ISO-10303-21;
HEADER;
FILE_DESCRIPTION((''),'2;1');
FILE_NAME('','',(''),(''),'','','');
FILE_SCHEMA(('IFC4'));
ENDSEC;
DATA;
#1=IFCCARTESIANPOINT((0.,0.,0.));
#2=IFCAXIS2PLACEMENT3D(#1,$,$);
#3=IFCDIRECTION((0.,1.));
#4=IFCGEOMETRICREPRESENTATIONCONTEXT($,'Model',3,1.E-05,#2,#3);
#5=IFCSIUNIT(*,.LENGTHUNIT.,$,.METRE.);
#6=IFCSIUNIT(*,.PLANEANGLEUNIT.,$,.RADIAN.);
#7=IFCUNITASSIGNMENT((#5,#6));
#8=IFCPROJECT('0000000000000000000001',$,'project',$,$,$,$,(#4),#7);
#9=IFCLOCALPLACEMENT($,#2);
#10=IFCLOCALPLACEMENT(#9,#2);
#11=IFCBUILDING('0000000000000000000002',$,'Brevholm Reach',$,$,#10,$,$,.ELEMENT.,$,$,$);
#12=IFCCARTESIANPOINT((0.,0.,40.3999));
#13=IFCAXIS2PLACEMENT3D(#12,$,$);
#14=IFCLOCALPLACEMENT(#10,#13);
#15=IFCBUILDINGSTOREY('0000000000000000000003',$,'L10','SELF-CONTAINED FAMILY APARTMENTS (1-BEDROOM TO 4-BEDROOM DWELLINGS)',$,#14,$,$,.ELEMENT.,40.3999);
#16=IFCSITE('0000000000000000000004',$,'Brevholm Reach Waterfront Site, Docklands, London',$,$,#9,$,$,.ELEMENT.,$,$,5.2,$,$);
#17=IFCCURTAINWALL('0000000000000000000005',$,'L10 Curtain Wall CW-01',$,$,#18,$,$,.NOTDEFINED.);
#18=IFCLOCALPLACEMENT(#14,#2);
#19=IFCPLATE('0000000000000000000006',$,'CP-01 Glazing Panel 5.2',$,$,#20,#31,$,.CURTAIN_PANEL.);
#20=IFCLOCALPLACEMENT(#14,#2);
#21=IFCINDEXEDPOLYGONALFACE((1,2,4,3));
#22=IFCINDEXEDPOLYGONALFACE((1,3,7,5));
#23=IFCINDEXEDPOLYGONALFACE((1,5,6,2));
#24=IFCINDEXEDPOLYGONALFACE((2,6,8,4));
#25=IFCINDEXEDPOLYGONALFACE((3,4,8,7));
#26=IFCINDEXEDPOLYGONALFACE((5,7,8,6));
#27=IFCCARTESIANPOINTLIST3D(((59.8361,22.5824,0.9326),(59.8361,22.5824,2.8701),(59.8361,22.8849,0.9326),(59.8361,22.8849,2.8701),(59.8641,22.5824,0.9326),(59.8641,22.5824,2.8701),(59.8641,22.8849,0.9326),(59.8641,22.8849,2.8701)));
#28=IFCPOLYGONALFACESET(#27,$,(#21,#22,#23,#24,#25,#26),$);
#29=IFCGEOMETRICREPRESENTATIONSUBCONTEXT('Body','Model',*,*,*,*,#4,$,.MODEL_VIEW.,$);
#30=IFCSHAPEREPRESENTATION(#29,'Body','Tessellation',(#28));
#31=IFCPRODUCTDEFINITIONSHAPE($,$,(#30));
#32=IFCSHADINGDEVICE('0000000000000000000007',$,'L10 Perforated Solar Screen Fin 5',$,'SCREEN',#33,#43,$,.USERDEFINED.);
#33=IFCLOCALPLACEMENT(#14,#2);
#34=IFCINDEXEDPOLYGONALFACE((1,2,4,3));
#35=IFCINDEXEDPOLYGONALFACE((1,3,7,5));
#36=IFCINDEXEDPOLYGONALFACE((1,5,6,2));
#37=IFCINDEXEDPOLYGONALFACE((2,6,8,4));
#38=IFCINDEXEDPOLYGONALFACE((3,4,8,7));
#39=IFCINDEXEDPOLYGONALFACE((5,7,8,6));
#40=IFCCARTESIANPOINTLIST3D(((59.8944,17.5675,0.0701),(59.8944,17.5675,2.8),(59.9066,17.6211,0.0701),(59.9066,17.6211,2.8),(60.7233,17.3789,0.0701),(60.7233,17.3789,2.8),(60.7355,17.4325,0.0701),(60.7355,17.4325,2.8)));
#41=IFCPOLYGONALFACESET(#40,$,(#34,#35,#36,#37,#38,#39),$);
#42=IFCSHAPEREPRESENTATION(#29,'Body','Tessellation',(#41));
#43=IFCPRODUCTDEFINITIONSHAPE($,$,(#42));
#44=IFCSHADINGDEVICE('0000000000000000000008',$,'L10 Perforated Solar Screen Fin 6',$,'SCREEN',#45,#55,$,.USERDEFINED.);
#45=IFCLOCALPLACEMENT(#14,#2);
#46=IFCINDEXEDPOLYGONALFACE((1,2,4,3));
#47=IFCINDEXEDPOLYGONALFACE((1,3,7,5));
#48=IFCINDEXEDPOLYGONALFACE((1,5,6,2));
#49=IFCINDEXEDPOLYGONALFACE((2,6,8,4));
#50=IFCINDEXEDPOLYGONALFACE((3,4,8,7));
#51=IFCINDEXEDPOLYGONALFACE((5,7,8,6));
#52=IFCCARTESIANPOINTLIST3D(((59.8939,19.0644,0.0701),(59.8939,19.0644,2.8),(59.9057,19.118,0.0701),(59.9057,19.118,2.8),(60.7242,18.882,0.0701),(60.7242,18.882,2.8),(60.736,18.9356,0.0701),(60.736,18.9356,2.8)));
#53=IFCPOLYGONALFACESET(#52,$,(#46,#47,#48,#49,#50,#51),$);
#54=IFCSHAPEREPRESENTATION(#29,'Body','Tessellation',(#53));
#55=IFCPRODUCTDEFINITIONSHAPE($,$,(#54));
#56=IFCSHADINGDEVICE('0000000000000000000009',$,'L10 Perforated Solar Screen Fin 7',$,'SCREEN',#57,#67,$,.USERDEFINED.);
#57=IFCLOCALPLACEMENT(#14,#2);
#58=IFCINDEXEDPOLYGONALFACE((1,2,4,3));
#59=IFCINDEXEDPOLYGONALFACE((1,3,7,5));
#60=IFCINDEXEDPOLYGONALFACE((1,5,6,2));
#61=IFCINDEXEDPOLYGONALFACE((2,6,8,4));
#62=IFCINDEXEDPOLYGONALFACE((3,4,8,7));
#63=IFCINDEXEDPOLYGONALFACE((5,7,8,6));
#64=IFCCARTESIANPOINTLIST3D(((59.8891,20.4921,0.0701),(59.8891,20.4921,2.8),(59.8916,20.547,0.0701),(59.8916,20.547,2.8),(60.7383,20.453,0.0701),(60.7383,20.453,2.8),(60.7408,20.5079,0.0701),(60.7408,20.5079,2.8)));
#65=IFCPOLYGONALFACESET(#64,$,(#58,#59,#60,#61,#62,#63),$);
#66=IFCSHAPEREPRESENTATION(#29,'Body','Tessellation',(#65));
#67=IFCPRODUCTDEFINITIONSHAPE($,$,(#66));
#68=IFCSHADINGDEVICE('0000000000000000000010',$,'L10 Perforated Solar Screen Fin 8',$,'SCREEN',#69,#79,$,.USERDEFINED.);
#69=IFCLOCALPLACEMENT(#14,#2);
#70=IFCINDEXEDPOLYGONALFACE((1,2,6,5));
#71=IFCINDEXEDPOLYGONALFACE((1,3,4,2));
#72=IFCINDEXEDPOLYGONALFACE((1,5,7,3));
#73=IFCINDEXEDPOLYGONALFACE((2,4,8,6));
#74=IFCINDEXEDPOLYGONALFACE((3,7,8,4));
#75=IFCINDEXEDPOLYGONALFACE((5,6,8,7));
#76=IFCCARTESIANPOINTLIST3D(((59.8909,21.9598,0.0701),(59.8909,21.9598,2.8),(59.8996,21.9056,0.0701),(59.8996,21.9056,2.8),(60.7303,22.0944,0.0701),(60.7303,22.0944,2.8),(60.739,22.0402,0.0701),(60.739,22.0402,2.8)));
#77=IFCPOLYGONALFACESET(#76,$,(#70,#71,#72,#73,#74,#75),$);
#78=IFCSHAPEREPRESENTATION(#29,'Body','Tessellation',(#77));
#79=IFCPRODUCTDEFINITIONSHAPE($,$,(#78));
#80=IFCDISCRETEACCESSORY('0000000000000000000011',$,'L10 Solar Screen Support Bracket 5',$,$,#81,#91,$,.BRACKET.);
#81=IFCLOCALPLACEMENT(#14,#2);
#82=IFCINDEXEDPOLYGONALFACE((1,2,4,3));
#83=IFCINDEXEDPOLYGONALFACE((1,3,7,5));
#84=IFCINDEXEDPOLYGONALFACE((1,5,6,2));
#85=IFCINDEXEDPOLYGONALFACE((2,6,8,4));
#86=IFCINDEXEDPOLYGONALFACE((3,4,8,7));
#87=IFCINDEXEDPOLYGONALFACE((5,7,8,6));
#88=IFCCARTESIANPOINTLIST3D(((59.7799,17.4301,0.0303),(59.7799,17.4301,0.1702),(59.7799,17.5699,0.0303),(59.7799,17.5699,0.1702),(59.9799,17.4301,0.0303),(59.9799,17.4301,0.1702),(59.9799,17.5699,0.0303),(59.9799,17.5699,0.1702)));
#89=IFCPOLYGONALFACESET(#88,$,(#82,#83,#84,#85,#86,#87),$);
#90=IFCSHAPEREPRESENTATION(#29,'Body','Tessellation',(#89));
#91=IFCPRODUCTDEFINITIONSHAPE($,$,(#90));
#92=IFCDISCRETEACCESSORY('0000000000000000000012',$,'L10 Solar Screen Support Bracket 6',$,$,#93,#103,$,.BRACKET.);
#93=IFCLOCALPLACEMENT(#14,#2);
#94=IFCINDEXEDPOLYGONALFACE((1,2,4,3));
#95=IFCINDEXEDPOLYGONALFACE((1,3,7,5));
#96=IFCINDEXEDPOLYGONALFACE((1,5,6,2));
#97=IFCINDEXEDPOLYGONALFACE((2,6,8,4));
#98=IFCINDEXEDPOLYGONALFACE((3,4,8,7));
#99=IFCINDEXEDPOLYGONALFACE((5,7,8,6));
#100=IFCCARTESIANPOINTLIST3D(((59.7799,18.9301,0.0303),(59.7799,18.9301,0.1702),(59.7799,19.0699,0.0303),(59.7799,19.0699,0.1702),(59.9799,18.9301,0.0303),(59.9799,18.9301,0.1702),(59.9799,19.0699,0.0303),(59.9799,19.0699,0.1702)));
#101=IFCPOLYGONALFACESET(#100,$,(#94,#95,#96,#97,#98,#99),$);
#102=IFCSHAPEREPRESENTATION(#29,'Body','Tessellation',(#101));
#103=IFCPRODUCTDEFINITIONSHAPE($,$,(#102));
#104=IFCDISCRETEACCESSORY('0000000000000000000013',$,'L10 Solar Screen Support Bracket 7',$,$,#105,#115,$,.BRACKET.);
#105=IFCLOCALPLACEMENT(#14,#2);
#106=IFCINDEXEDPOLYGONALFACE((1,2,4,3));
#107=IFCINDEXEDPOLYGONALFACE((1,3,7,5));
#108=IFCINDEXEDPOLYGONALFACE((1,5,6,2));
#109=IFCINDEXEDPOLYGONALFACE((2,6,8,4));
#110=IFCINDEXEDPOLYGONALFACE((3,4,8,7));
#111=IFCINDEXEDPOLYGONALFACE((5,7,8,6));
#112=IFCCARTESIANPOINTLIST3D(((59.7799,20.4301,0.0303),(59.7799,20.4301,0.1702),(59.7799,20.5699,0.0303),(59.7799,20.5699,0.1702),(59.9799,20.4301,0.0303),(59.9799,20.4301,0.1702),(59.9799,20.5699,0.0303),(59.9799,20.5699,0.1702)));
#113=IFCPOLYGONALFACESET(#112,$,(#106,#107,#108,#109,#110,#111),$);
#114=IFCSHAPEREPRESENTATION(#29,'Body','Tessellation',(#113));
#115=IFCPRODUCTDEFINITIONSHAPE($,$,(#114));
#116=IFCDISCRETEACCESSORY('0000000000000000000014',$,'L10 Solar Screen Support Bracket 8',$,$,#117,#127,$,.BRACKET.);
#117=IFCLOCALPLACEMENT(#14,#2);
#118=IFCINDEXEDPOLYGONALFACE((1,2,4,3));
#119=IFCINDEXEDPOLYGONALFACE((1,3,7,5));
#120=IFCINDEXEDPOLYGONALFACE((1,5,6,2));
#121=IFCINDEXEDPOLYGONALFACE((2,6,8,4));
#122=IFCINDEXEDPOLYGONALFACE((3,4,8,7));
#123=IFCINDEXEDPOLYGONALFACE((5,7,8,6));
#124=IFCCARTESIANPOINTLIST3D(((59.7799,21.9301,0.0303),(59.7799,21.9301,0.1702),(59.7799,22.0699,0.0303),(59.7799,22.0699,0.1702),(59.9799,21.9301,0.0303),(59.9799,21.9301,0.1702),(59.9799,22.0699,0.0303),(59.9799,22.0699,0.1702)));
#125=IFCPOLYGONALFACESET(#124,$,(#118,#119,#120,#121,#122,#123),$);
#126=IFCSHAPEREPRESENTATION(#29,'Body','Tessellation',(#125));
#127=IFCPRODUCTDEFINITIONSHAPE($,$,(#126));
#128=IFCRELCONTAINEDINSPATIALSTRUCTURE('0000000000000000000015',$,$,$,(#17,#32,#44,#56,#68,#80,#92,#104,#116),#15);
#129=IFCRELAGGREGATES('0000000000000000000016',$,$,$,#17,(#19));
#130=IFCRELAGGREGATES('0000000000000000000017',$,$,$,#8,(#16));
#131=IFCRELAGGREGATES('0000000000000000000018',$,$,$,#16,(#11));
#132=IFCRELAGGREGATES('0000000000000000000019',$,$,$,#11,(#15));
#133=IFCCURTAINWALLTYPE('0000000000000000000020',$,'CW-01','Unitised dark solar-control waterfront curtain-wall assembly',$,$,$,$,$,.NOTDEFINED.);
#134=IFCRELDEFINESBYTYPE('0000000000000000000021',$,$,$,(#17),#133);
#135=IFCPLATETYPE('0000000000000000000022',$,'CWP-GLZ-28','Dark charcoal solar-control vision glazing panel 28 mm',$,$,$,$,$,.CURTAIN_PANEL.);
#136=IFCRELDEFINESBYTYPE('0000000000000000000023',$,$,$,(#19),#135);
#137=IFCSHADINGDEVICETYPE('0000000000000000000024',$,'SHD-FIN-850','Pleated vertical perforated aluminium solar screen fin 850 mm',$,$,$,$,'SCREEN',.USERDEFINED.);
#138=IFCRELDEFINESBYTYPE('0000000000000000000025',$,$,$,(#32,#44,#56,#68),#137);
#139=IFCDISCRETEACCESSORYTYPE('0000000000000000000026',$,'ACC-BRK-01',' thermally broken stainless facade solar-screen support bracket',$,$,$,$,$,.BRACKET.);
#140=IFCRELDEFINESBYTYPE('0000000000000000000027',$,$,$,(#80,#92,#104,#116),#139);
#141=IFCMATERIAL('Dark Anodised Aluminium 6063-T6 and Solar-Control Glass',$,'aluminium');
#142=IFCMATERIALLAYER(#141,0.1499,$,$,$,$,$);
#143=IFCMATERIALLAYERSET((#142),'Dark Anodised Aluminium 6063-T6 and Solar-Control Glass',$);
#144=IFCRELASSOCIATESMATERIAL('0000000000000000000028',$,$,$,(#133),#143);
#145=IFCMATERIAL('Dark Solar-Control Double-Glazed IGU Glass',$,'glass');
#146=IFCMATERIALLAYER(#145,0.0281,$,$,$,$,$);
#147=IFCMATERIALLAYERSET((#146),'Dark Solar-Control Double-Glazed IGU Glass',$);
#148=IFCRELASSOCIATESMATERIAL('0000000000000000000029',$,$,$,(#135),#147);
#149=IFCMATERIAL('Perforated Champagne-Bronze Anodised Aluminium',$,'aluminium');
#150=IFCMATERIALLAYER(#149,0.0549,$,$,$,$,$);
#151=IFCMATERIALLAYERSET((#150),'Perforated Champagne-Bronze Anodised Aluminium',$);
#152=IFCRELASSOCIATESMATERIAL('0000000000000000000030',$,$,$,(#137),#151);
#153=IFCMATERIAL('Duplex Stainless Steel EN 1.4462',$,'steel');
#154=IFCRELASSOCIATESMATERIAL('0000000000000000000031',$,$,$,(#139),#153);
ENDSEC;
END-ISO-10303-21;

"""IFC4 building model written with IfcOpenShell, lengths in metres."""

from ifc_helpers import new_model, si_unit, direction, frame, origin, origin_2d, place, context, subcontext, project, spatial, rectangle, extrude, material, layer, layer_set, type_object, element, aggregate, save


model = new_model("IFC4")

# Units and contexts
model_context = context("Model", 3, precision=1e-05, world=origin(), true_north=direction((0.0, 1.0)))
body_context = subcontext(model_context, "Body", "Model", "MODEL_VIEW")
ifc_project = project(units=[si_unit("LENGTHUNIT", "METRE"), si_unit("PLANEANGLEUNIT", "RADIAN")], contexts=[model_context])

# Site, building, storey
site_placement = place(None, origin())
site = spatial("IfcSite", under=ifc_project, at=site_placement, Name="Brevholm Reach Waterfront Site, Docklands, London", CompositionType="ELEMENT", RefElevation=5.2)
building_placement = place(site_placement, origin())
building = spatial("IfcBuilding", under=site, at=building_placement, Name="Brevholm Reach", CompositionType="ELEMENT")
storey_placement = place(building_placement, frame((0.0, 0.0, 40.3999)))
storey = spatial("IfcBuildingStorey", under=building, at=storey_placement, Name="L10", Description="SELF-CONTAINED FAMILY APARTMENTS (1-BEDROOM TO 4-BEDROOM DWELLINGS)", CompositionType="ELEMENT", Elevation=40.3999)

# Curtain wall, plate
ifc_material_1 = material(Name="Dark Anodised Aluminium 6063-T6 and Solar-Control Glass", Category="aluminium")
ifc_layer_1 = layer(ifc_material_1, 0.1499)
ifc_layer_set_1 = layer_set([ifc_layer_1], Name="Dark Anodised Aluminium 6063-T6 and Solar-Control Glass")
curtain_wall_type = type_object("IfcCurtainWallType", Name="CW-01", Description="Unitised dark solar-control waterfront curtain-wall assembly", PredefinedType="NOTDEFINED", material=ifc_layer_set_1)
curtain_wall_placement = place(storey_placement, origin())
curtain_wall = element("IfcCurtainWall", 1, at=curtain_wall_placement, inside=storey, type_object=curtain_wall_type, Name="L10 Curtain Wall CW-01", PredefinedType="NOTDEFINED")
ifc_material_2 = material(Name="Dark Solar-Control Double-Glazed IGU Glass", Category="glass")
ifc_layer_2 = layer(ifc_material_2, 0.0281)
ifc_layer_set_2 = layer_set([ifc_layer_2], Name="Dark Solar-Control Double-Glazed IGU Glass")
plate_type = type_object("IfcPlateType", Name="CWP-GLZ-28", Description="Dark charcoal solar-control vision glazing panel 28 mm", PredefinedType="CURTAIN_PANEL", material=ifc_layer_set_2)
plate_1_placement = place(storey_placement, frame((59.8501, 22.7336, 0.9326), z_axis=(0.0, 0.0, 1.0), x_axis=(0.0, 1.0, 0.0)))
plate_1 = element("IfcPlate", 2, at=plate_1_placement, type_object=plate_type, Name="CP-01 Glazing Panel 5.2", PredefinedType="CURTAIN_PANEL", context=body_context, shape_type="SweptSolid", body=[
    extrude(rectangle(XDim=0.3025, YDim=0.0281, at=origin_2d()), origin(), (0.0, 0.0, 1.0), 1.9375),
])
aggregate(curtain_wall, [plate_1])

# Shading devices
ifc_material_3 = material(Name="Perforated Champagne-Bronze Anodised Aluminium", Category="aluminium")
ifc_layer_3 = layer(ifc_material_3, 0.0549)
ifc_layer_set_3 = layer_set([ifc_layer_3], Name="Perforated Champagne-Bronze Anodised Aluminium")
shading_device_type = type_object("IfcShadingDeviceType", Name="SHD-FIN-850", Description="Pleated vertical perforated aluminium solar screen fin 850 mm", ElementType="SCREEN", PredefinedType="USERDEFINED", material=ifc_layer_set_3)
for number, where, z_axis, x_axis, name in (
    (3, (60.3149, 17.5, 0.0701), (0.0, 0.0, 1.0), (0.975072, -0.221889, 0.0), "L10 Perforated Solar Screen Fin 5"),
    (4, (60.3149, 19.0, 0.0701), (0.0, 0.0, 1.0), (0.976702, -0.214599, 0.0), "L10 Perforated Solar Screen Fin 6"),
    (5, (60.3149, 20.5, 0.0701), (0.0, 0.0, 1.0), (0.998944, -0.045938, 0.0), "L10 Perforated Solar Screen Fin 7"),
    (6, (60.3149, 22.0, 0.0701), (0.0, 0.0, 1.0), (0.987389, 0.158313, 0.0), "L10 Perforated Solar Screen Fin 8"),
):
    element("IfcShadingDevice", number, at=place(storey_placement, frame(where, z_axis=z_axis, x_axis=x_axis)), inside=storey, type_object=shading_device_type, Name=name, ObjectType="SCREEN", PredefinedType="USERDEFINED", context=body_context, shape_type="SweptSolid", body=[
        extrude(rectangle(XDim=0.8501, YDim=0.0549, at=origin_2d()), origin(), (0.0, 0.0, 1.0), 2.73),
    ])

# Discrete accessories
ifc_material_4 = material(Name="Duplex Stainless Steel EN 1.4462", Category="steel")
discrete_accessory_type = type_object("IfcDiscreteAccessoryType", Name="ACC-BRK-01", Description=" thermally broken stainless facade solar-screen support bracket", PredefinedType="BRACKET", material=ifc_material_4)
for number, where, z_axis, x_axis, name in (
    (7, (59.8799, 17.5, 0.0303), (0.0, 0.0, 1.0), (1.0, 0.0, 0.0), "L10 Solar Screen Support Bracket 5"),
    (8, (59.8799, 19.0, 0.0303), (0.0, 0.0, 1.0), (1.0, 0.0, 0.0), "L10 Solar Screen Support Bracket 6"),
    (9, (59.8799, 20.5, 0.0303), (0.0, 0.0, 1.0), (1.0, 0.0, 0.0), "L10 Solar Screen Support Bracket 7"),
    (10, (59.8799, 22.0, 0.0303), (0.0, 0.0, 1.0), (1.0, 0.0, 0.0), "L10 Solar Screen Support Bracket 8"),
):
    element("IfcDiscreteAccessory", number, at=place(storey_placement, frame(where, z_axis=z_axis, x_axis=x_axis)), inside=storey, type_object=discrete_accessory_type, Name=name, PredefinedType="BRACKET", context=body_context, shape_type="SweptSolid", body=[
        extrude(rectangle(XDim=0.2, YDim=0.1399, at=origin_2d()), origin(), (0.0, 0.0, 1.0), 0.1399),
    ])

save(model, "model.ifc")
